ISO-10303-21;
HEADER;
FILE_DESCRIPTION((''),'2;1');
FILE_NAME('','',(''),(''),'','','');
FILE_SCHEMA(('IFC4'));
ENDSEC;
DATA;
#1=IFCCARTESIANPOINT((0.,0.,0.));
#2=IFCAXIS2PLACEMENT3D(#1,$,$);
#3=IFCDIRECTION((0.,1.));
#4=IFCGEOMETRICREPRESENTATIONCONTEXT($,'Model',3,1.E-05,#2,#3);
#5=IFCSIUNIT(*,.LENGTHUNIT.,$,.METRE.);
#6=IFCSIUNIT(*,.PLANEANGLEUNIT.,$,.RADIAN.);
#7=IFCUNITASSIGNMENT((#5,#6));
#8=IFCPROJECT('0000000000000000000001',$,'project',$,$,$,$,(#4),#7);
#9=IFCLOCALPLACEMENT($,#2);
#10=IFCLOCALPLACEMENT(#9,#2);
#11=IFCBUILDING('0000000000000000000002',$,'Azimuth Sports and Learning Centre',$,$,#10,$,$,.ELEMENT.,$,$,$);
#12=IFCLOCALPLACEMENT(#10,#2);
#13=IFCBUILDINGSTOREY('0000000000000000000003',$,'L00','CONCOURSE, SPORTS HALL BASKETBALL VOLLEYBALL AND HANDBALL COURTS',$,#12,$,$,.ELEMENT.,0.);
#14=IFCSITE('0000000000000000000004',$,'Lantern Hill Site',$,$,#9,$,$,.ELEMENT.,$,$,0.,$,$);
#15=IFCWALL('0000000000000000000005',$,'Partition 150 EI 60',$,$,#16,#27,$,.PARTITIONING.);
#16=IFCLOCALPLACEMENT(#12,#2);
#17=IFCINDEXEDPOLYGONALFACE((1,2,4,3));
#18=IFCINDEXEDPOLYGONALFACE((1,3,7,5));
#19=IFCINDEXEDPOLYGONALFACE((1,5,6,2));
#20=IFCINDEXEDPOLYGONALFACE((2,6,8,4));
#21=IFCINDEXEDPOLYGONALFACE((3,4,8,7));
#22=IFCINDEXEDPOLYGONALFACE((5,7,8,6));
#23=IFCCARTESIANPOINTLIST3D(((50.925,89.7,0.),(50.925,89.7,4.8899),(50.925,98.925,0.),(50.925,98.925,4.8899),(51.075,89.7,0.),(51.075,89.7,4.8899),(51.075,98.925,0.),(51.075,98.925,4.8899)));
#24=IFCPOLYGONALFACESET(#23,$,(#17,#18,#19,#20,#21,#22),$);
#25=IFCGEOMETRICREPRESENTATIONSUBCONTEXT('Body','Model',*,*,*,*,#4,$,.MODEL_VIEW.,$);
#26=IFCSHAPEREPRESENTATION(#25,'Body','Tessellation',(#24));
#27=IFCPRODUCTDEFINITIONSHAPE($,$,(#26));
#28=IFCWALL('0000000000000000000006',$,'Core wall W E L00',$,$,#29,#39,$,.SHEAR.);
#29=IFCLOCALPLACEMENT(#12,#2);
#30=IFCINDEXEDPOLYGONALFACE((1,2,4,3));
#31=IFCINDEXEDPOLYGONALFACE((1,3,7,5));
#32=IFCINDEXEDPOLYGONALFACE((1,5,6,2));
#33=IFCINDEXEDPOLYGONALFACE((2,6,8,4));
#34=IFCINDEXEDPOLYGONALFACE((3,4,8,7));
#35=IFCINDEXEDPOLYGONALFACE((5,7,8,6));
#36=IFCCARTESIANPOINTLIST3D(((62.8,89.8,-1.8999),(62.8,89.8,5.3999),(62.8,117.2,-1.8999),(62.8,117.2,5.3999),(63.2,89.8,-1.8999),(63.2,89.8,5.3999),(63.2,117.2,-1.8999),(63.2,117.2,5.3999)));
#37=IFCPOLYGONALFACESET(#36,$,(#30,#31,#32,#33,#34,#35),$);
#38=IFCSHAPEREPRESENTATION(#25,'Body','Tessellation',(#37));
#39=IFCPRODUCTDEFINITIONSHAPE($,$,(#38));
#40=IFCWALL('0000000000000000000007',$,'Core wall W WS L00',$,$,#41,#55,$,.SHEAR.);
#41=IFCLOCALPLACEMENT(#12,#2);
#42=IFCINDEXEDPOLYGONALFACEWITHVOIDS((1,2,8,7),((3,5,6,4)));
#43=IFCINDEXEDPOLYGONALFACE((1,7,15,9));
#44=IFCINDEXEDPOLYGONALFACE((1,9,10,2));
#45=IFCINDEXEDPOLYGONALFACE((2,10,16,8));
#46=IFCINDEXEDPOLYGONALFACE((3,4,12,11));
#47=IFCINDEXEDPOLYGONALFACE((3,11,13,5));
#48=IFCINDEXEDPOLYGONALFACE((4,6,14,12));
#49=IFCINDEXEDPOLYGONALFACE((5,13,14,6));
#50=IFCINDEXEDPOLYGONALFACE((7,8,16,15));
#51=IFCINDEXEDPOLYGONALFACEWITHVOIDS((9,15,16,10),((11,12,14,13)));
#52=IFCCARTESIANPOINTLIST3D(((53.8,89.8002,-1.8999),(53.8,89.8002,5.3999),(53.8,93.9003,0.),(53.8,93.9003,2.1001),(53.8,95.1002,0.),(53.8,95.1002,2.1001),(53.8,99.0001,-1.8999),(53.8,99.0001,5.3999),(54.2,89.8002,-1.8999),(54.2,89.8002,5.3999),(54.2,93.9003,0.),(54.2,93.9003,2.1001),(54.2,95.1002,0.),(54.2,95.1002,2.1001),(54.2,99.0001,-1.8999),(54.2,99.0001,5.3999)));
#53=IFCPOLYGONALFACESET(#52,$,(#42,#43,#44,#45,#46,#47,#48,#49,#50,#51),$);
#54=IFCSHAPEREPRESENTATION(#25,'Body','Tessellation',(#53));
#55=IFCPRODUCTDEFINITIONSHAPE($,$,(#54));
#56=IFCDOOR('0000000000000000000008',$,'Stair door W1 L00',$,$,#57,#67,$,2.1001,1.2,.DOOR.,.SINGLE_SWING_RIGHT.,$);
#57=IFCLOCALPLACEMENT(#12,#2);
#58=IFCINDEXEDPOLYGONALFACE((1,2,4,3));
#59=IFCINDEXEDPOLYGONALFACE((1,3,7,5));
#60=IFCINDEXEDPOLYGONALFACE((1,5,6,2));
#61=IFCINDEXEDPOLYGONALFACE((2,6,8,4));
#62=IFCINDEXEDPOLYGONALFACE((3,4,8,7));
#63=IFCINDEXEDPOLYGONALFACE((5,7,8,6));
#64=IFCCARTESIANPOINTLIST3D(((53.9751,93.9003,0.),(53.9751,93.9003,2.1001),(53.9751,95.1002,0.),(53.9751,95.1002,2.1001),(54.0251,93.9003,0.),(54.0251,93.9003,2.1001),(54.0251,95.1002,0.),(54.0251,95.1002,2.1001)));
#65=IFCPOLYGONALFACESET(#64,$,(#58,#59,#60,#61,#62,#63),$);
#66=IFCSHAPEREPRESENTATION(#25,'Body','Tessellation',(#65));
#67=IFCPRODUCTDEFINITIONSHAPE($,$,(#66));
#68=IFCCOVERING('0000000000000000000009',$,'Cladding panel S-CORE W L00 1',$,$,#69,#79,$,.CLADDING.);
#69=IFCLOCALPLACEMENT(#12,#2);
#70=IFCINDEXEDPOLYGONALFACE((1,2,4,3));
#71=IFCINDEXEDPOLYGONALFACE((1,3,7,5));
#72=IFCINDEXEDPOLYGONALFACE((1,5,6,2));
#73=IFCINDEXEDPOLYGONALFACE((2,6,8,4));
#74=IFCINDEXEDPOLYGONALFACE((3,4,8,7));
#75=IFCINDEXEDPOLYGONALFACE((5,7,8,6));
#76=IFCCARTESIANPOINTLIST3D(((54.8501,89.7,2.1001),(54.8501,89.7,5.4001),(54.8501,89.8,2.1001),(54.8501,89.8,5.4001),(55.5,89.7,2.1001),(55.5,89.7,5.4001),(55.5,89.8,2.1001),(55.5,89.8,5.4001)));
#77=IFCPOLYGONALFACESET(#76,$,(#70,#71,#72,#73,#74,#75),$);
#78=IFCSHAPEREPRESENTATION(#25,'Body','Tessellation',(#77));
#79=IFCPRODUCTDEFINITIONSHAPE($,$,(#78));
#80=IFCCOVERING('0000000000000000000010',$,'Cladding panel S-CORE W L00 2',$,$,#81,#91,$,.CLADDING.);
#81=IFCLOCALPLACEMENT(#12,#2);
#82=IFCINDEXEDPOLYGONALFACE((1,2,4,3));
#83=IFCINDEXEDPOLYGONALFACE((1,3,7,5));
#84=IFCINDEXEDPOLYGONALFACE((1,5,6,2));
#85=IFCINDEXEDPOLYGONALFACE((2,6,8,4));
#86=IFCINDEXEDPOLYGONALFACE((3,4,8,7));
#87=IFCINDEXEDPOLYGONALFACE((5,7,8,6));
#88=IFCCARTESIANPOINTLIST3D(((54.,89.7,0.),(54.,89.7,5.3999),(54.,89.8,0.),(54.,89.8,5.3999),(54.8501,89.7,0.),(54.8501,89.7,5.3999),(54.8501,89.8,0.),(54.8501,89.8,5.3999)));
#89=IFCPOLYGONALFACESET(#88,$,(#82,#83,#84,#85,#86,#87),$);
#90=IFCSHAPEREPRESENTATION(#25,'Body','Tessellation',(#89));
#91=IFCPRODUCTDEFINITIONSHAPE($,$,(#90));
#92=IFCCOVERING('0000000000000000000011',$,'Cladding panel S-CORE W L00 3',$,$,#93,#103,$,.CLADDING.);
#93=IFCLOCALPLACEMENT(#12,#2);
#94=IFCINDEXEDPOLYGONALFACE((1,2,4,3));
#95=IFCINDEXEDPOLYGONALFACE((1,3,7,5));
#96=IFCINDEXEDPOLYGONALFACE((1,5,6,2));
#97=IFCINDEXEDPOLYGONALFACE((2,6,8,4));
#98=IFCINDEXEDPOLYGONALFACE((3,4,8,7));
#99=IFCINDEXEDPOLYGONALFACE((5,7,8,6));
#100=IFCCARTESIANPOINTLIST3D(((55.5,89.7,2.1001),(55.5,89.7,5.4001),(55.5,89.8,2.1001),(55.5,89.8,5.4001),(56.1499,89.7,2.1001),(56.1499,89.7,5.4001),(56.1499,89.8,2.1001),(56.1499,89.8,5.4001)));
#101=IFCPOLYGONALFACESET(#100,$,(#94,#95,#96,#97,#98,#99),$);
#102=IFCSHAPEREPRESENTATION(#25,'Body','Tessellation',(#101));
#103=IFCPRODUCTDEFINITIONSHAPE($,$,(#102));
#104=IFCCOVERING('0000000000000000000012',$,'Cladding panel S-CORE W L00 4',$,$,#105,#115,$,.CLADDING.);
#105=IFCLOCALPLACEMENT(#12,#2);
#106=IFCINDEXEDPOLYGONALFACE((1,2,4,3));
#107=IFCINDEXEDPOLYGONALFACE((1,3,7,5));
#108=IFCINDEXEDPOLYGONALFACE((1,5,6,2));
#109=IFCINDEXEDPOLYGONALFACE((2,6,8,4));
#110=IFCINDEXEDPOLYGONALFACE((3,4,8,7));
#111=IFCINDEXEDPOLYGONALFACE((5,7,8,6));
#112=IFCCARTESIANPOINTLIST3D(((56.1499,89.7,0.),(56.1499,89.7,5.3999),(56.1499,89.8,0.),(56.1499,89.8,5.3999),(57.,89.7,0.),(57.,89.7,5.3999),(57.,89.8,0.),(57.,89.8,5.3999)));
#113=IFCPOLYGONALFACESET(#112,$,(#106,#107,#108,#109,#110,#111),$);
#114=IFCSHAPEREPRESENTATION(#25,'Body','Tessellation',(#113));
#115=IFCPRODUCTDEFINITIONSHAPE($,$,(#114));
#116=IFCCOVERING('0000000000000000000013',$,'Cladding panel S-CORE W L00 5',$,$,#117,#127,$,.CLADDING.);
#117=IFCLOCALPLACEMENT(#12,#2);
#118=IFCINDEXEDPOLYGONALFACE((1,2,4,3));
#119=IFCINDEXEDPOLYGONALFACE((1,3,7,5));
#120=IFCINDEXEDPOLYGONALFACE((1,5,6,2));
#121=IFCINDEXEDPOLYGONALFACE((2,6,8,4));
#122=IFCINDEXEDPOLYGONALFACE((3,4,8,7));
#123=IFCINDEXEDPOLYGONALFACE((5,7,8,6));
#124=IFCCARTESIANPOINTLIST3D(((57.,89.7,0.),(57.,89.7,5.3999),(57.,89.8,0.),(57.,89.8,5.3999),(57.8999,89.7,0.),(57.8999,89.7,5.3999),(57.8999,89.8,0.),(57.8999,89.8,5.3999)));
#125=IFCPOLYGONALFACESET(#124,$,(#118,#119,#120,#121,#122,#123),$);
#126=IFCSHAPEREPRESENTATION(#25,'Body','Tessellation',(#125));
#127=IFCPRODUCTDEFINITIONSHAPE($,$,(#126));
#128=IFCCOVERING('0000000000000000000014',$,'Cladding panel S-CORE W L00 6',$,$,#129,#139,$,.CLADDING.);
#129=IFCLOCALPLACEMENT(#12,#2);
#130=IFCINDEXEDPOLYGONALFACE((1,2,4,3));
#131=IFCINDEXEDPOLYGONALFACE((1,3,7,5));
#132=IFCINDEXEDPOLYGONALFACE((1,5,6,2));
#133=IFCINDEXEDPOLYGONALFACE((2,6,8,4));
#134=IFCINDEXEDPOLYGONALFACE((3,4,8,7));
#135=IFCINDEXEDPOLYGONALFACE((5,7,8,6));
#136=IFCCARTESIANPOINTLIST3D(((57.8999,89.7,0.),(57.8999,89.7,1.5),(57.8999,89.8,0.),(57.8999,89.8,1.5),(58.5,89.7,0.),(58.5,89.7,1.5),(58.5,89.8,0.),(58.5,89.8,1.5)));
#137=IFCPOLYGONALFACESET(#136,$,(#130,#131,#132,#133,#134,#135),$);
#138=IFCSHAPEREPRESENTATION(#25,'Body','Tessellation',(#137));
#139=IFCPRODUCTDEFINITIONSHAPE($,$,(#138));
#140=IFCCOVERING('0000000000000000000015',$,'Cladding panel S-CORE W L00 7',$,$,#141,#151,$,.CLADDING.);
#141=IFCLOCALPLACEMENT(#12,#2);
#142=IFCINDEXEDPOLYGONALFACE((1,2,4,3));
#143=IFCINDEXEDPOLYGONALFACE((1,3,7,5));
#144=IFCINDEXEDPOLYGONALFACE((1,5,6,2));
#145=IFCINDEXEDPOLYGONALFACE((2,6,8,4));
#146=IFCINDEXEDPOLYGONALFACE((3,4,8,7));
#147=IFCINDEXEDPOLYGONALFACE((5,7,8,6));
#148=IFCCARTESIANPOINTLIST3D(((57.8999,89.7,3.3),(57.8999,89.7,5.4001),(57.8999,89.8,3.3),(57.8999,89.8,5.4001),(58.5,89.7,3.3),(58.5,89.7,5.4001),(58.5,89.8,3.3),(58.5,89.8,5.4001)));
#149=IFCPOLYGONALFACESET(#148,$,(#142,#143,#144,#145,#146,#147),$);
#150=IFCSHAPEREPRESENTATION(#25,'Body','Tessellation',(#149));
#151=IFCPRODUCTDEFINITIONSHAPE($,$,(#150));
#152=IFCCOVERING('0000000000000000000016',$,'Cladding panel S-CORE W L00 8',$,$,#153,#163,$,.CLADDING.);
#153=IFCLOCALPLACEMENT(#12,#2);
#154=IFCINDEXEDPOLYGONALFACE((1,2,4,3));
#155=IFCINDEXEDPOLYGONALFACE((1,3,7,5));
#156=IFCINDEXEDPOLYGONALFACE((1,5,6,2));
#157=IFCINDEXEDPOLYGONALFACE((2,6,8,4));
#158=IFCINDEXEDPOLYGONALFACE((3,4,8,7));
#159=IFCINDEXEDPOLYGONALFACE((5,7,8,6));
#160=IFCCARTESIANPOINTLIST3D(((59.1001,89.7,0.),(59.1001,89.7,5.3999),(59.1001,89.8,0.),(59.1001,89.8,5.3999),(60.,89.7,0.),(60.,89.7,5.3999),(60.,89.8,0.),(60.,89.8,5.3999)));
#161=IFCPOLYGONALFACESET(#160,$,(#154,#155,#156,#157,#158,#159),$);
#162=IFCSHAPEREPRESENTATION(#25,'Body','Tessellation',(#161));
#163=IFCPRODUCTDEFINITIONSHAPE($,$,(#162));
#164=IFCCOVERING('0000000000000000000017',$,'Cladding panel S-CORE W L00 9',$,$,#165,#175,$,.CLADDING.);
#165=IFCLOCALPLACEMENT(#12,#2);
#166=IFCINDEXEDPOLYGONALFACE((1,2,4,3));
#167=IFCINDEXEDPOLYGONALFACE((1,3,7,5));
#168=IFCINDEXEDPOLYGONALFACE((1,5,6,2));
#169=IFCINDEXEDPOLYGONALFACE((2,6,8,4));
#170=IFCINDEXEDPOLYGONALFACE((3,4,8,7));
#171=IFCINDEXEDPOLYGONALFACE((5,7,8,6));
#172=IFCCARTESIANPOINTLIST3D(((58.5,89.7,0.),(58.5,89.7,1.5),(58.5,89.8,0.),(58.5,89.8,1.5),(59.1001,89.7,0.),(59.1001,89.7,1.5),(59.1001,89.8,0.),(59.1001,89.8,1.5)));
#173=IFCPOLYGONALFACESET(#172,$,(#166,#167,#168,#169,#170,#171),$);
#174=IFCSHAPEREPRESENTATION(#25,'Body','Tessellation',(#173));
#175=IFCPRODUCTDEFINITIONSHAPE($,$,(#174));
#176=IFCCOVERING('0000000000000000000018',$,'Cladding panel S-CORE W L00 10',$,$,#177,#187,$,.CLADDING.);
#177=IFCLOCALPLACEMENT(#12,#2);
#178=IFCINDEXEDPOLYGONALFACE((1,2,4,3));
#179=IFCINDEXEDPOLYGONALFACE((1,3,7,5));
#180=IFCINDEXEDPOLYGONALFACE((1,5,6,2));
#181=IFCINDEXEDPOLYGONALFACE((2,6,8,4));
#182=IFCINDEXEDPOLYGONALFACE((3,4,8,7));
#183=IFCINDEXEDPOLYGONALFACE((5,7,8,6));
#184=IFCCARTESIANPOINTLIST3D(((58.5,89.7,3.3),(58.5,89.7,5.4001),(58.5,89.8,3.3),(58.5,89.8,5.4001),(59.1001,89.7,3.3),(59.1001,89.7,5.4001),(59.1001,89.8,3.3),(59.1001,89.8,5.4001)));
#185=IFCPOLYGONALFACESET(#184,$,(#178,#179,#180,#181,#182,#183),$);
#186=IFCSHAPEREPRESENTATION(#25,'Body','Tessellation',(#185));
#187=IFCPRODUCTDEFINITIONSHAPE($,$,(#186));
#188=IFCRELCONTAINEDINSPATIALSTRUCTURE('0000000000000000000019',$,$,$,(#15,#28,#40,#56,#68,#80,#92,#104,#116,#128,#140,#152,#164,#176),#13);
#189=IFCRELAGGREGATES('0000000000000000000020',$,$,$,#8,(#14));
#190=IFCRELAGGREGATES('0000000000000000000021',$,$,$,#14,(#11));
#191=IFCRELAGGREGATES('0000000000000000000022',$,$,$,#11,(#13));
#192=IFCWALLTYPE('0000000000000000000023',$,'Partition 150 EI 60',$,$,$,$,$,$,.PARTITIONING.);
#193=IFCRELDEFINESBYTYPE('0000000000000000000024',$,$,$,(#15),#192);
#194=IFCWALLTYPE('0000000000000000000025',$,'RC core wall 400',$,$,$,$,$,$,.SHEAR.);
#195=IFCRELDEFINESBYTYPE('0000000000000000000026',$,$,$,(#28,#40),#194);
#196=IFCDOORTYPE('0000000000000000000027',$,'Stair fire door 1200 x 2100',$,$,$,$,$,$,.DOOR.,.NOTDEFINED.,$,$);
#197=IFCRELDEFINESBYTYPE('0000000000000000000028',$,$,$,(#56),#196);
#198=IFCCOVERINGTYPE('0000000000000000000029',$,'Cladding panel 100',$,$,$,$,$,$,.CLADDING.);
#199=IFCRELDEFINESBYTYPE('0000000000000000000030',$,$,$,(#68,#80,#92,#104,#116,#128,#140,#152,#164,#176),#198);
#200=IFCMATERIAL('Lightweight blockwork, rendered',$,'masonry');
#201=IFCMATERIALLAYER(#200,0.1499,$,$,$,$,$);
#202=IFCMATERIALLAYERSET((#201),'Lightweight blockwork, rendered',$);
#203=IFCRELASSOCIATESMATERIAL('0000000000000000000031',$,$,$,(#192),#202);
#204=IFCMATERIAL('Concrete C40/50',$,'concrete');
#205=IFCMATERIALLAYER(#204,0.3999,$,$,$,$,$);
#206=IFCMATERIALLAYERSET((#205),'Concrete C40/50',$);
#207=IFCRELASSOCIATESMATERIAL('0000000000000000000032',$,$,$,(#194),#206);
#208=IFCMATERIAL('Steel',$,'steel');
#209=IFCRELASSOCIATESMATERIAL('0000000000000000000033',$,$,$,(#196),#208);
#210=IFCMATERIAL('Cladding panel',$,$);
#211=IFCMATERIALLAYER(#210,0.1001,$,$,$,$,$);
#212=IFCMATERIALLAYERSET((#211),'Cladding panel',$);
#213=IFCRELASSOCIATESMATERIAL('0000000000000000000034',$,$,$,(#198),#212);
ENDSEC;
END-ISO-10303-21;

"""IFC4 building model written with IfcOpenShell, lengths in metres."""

from ifc_helpers import new_model, si_unit, direction, frame, frame_2d, origin, origin_2d, place, context, subcontext, project, spatial, rectangle, extrude, material, layer, layer_set, type_object, element, fill, save


model = new_model("IFC4")

# Units and contexts
model_context = context("Model", 3, precision=1e-05, world=origin(), true_north=direction((0.0, 1.0)))
body_context = subcontext(model_context, "Body", "Model", "MODEL_VIEW")
ifc_project = project(units=[si_unit("LENGTHUNIT", "METRE"), si_unit("PLANEANGLEUNIT", "RADIAN")], contexts=[model_context])

# Site, building, storey
site_placement = place(None, origin())
site = spatial("IfcSite", under=ifc_project, at=site_placement, Name="Lantern Hill Site", CompositionType="ELEMENT", RefElevation=0.0)
building_placement = place(site_placement, origin())
building = spatial("IfcBuilding", under=site, at=building_placement, Name="Azimuth Sports and Learning Centre", CompositionType="ELEMENT")
storey_placement = place(building_placement, origin())
storey = spatial("IfcBuildingStorey", under=building, at=storey_placement, Name="L00", Description="CONCOURSE, SPORTS HALL BASKETBALL VOLLEYBALL AND HANDBALL COURTS", CompositionType="ELEMENT", Elevation=0.0)

# Walls
ifc_material_1 = material(Name="Lightweight blockwork, rendered", Category="masonry")
ifc_layer_1 = layer(ifc_material_1, 0.1499)
ifc_layer_set_1 = layer_set([ifc_layer_1], Name="Lightweight blockwork, rendered")
wall_type_1 = type_object("IfcWallType", Name="Partition 150 EI 60", PredefinedType="PARTITIONING", material=ifc_layer_set_1)
wall_1_placement = place(storey_placement, frame((51.0, 89.7, 0.0), z_axis=(0.0, 0.0, 1.0), x_axis=(0.0, 1.0, 0.0)))
element("IfcWall", 1, at=wall_1_placement, inside=storey, type_object=wall_type_1, Name="Partition 150 EI 60", PredefinedType="PARTITIONING", context=body_context, shape_type="SweptSolid", body=[
    extrude(rectangle(XDim=9.2251, YDim=0.1499, at=frame_2d((4.6125, 0.0))), origin(), (0.0, 0.0, 1.0), 4.8899),
])
ifc_material_2 = material(Name="Concrete C40/50", Category="concrete")
ifc_layer_2 = layer(ifc_material_2, 0.3999)
ifc_layer_set_2 = layer_set([ifc_layer_2], Name="Concrete C40/50")
wall_type_2 = type_object("IfcWallType", Name="RC core wall 400", PredefinedType="SHEAR", material=ifc_layer_set_2)
wall_2_placement = place(storey_placement, frame((63.0, 89.8, -1.8999), z_axis=(0.0, 0.0, 1.0), x_axis=(0.0, 1.0, 0.0)))
element("IfcWall", 2, at=wall_2_placement, inside=storey, type_object=wall_type_2, Name="Core wall W E L00", PredefinedType="SHEAR", context=body_context, shape_type="SweptSolid", body=[
    extrude(rectangle(XDim=27.3999, YDim=0.3999, at=frame_2d((13.7, 0.0))), origin(), (0.0, 0.0, 1.0), 7.2998),
])

# Wall, opening, door
wall_3_placement = place(storey_placement, frame((54.0, 89.8, -1.8999), z_axis=(0.0, 0.0, 1.0), x_axis=(0.0, 1.0, 0.0)))
wall_3 = element("IfcWall", 3, at=wall_3_placement, inside=storey, type_object=wall_type_2, Name="Core wall W WS L00", PredefinedType="SHEAR", context=body_context, shape_type="SweptSolid", body=[
    extrude(rectangle(XDim=9.2, YDim=0.3999, at=frame_2d((4.6001, 0.0))), origin(), (0.0, 0.0, 1.0), 7.2998),
])
opening_1_placement = place(wall_3_placement, frame((4.1001, 0.0, 1.8999)))
opening_1 = element("IfcOpeningElement", 4, at=opening_1_placement, cuts=wall_3, PredefinedType="OPENING", context=body_context, shape_type="SweptSolid", body=[
    extrude(rectangle(XDim=1.2, YDim=2.1001, at=frame_2d((0.6001, 1.05))), frame((0.0, 0.2109, 0.0), z_axis=(0.0, -1.0, 0.0), x_axis=(1.0, 0.0, 0.0)), (0.0, 0.0, 1.0), 0.4219),
])
ifc_material_3 = material(Name="Steel", Category="steel")
door_type_1 = type_object("IfcDoorType", Name="Stair fire door 1200 x 2100", OperationType="NOTDEFINED", PredefinedType="DOOR", material=ifc_material_3)
door_1_placement = place(opening_1_placement, origin())
door_1 = element("IfcDoor", 5, at=door_1_placement, inside=storey, type_object=door_type_1, Name="Stair door W1 L00", OperationType="SINGLE_SWING_RIGHT", OverallHeight=2.1001, OverallWidth=1.2, PredefinedType="DOOR", context=body_context, shape_type="SweptSolid", body=[
    extrude(rectangle(XDim=1.2, YDim=2.1001, at=frame_2d((0.6001, 1.05))), frame((0.0, 0.0249, 0.0), z_axis=(0.0, -1.0, 0.0), x_axis=(1.0, 0.0, 0.0)), (0.0, 0.0, 1.0), 0.05),
])
fill(opening_1, door_1)

# Coverings
ifc_material_4 = material(Name="Cladding panel")
ifc_layer_3 = layer(ifc_material_4, 0.1001)
ifc_layer_set_3 = layer_set([ifc_layer_3], Name="Cladding panel")
covering_type = type_object("IfcCoveringType", Name="Cladding panel 100", PredefinedType="CLADDING", material=ifc_layer_set_3)
covering_1_placement = place(storey_placement, frame((55.175, 89.75, 2.1001), z_axis=(0.0, 0.0, 1.0), x_axis=(1.0, 0.0, 0.0)))
element("IfcCovering", 6, at=covering_1_placement, inside=storey, type_object=covering_type, Name="Cladding panel S-CORE W L00 1", PredefinedType="CLADDING", context=body_context, shape_type="SweptSolid", body=[
    extrude(rectangle(XDim=0.6499, YDim=0.1001, at=origin_2d()), origin(), (0.0, 0.0, 1.0), 3.3),
])
covering_2_placement = place(storey_placement, frame((54.425, 89.75, 0.0), z_axis=(0.0, 0.0, 1.0), x_axis=(1.0, 0.0, 0.0)))
element("IfcCovering", 7, at=covering_2_placement, inside=storey, type_object=covering_type, Name="Cladding panel S-CORE W L00 2", PredefinedType="CLADDING", context=body_context, shape_type="SweptSolid", body=[
    extrude(rectangle(XDim=0.8501, YDim=0.1001, at=origin_2d()), origin(), (0.0, 0.0, 1.0), 5.3999),
])
covering_3_placement = place(storey_placement, frame((55.825, 89.75, 2.1001), z_axis=(0.0, 0.0, 1.0), x_axis=(1.0, 0.0, 0.0)))
element("IfcCovering", 8, at=covering_3_placement, inside=storey, type_object=covering_type, Name="Cladding panel S-CORE W L00 3", PredefinedType="CLADDING", context=body_context, shape_type="SweptSolid", body=[
    extrude(rectangle(XDim=0.6499, YDim=0.1001, at=origin_2d()), origin(), (0.0, 0.0, 1.0), 3.3),
])
covering_4_placement = place(storey_placement, frame((56.575, 89.75, 0.0), z_axis=(0.0, 0.0, 1.0), x_axis=(1.0, 0.0, 0.0)))
element("IfcCovering", 9, at=covering_4_placement, inside=storey, type_object=covering_type, Name="Cladding panel S-CORE W L00 4", PredefinedType="CLADDING", context=body_context, shape_type="SweptSolid", body=[
    extrude(rectangle(XDim=0.8501, YDim=0.1001, at=origin_2d()), origin(), (0.0, 0.0, 1.0), 5.3999),
])
covering_5_placement = place(storey_placement, frame((57.45, 89.75, 0.0), z_axis=(0.0, 0.0, 1.0), x_axis=(1.0, 0.0, 0.0)))
element("IfcCovering", 10, at=covering_5_placement, inside=storey, type_object=covering_type, Name="Cladding panel S-CORE W L00 5", PredefinedType="CLADDING", context=body_context, shape_type="SweptSolid", body=[
    extrude(rectangle(XDim=0.8999, YDim=0.1001, at=origin_2d()), origin(), (0.0, 0.0, 1.0), 5.3999),
])
covering_6_placement = place(storey_placement, frame((58.2, 89.75, 0.0), z_axis=(0.0, 0.0, 1.0), x_axis=(1.0, 0.0, 0.0)))
element("IfcCovering", 11, at=covering_6_placement, inside=storey, type_object=covering_type, Name="Cladding panel S-CORE W L00 6", PredefinedType="CLADDING", context=body_context, shape_type="SweptSolid", body=[
    extrude(rectangle(XDim=0.6001, YDim=0.1001, at=origin_2d()), origin(), (0.0, 0.0, 1.0), 1.5),
])
covering_7_placement = place(storey_placement, frame((58.2, 89.75, 3.3), z_axis=(0.0, 0.0, 1.0), x_axis=(1.0, 0.0, 0.0)))
element("IfcCovering", 12, at=covering_7_placement, inside=storey, type_object=covering_type, Name="Cladding panel S-CORE W L00 7", PredefinedType="CLADDING", context=body_context, shape_type="SweptSolid", body=[
    extrude(rectangle(XDim=0.6001, YDim=0.1001, at=origin_2d()), origin(), (0.0, 0.0, 1.0), 2.1001),
])
covering_8_placement = place(storey_placement, frame((59.55, 89.75, 0.0), z_axis=(0.0, 0.0, 1.0), x_axis=(1.0, 0.0, 0.0)))
element("IfcCovering", 13, at=covering_8_placement, inside=storey, type_object=covering_type, Name="Cladding panel S-CORE W L00 8", PredefinedType="CLADDING", context=body_context, shape_type="SweptSolid", body=[
    extrude(rectangle(XDim=0.8999, YDim=0.1001, at=origin_2d()), origin(), (0.0, 0.0, 1.0), 5.3999),
])
covering_9_placement = place(storey_placement, frame((58.8, 89.75, 0.0), z_axis=(0.0, 0.0, 1.0), x_axis=(1.0, 0.0, 0.0)))
element("IfcCovering", 14, at=covering_9_placement, inside=storey, type_object=covering_type, Name="Cladding panel S-CORE W L00 9", PredefinedType="CLADDING", context=body_context, shape_type="SweptSolid", body=[
    extrude(rectangle(XDim=0.6001, YDim=0.1001, at=origin_2d()), origin(), (0.0, 0.0, 1.0), 1.5),
])
covering_10_placement = place(storey_placement, frame((58.8, 89.75, 3.3), z_axis=(0.0, 0.0, 1.0), x_axis=(1.0, 0.0, 0.0)))
element("IfcCovering", 15, at=covering_10_placement, inside=storey, type_object=covering_type, Name="Cladding panel S-CORE W L00 10", PredefinedType="CLADDING", context=body_context, shape_type="SweptSolid", body=[
    extrude(rectangle(XDim=0.6001, YDim=0.1001, at=origin_2d()), origin(), (0.0, 0.0, 1.0), 2.1001),
])

save(model, "model.ifc")
